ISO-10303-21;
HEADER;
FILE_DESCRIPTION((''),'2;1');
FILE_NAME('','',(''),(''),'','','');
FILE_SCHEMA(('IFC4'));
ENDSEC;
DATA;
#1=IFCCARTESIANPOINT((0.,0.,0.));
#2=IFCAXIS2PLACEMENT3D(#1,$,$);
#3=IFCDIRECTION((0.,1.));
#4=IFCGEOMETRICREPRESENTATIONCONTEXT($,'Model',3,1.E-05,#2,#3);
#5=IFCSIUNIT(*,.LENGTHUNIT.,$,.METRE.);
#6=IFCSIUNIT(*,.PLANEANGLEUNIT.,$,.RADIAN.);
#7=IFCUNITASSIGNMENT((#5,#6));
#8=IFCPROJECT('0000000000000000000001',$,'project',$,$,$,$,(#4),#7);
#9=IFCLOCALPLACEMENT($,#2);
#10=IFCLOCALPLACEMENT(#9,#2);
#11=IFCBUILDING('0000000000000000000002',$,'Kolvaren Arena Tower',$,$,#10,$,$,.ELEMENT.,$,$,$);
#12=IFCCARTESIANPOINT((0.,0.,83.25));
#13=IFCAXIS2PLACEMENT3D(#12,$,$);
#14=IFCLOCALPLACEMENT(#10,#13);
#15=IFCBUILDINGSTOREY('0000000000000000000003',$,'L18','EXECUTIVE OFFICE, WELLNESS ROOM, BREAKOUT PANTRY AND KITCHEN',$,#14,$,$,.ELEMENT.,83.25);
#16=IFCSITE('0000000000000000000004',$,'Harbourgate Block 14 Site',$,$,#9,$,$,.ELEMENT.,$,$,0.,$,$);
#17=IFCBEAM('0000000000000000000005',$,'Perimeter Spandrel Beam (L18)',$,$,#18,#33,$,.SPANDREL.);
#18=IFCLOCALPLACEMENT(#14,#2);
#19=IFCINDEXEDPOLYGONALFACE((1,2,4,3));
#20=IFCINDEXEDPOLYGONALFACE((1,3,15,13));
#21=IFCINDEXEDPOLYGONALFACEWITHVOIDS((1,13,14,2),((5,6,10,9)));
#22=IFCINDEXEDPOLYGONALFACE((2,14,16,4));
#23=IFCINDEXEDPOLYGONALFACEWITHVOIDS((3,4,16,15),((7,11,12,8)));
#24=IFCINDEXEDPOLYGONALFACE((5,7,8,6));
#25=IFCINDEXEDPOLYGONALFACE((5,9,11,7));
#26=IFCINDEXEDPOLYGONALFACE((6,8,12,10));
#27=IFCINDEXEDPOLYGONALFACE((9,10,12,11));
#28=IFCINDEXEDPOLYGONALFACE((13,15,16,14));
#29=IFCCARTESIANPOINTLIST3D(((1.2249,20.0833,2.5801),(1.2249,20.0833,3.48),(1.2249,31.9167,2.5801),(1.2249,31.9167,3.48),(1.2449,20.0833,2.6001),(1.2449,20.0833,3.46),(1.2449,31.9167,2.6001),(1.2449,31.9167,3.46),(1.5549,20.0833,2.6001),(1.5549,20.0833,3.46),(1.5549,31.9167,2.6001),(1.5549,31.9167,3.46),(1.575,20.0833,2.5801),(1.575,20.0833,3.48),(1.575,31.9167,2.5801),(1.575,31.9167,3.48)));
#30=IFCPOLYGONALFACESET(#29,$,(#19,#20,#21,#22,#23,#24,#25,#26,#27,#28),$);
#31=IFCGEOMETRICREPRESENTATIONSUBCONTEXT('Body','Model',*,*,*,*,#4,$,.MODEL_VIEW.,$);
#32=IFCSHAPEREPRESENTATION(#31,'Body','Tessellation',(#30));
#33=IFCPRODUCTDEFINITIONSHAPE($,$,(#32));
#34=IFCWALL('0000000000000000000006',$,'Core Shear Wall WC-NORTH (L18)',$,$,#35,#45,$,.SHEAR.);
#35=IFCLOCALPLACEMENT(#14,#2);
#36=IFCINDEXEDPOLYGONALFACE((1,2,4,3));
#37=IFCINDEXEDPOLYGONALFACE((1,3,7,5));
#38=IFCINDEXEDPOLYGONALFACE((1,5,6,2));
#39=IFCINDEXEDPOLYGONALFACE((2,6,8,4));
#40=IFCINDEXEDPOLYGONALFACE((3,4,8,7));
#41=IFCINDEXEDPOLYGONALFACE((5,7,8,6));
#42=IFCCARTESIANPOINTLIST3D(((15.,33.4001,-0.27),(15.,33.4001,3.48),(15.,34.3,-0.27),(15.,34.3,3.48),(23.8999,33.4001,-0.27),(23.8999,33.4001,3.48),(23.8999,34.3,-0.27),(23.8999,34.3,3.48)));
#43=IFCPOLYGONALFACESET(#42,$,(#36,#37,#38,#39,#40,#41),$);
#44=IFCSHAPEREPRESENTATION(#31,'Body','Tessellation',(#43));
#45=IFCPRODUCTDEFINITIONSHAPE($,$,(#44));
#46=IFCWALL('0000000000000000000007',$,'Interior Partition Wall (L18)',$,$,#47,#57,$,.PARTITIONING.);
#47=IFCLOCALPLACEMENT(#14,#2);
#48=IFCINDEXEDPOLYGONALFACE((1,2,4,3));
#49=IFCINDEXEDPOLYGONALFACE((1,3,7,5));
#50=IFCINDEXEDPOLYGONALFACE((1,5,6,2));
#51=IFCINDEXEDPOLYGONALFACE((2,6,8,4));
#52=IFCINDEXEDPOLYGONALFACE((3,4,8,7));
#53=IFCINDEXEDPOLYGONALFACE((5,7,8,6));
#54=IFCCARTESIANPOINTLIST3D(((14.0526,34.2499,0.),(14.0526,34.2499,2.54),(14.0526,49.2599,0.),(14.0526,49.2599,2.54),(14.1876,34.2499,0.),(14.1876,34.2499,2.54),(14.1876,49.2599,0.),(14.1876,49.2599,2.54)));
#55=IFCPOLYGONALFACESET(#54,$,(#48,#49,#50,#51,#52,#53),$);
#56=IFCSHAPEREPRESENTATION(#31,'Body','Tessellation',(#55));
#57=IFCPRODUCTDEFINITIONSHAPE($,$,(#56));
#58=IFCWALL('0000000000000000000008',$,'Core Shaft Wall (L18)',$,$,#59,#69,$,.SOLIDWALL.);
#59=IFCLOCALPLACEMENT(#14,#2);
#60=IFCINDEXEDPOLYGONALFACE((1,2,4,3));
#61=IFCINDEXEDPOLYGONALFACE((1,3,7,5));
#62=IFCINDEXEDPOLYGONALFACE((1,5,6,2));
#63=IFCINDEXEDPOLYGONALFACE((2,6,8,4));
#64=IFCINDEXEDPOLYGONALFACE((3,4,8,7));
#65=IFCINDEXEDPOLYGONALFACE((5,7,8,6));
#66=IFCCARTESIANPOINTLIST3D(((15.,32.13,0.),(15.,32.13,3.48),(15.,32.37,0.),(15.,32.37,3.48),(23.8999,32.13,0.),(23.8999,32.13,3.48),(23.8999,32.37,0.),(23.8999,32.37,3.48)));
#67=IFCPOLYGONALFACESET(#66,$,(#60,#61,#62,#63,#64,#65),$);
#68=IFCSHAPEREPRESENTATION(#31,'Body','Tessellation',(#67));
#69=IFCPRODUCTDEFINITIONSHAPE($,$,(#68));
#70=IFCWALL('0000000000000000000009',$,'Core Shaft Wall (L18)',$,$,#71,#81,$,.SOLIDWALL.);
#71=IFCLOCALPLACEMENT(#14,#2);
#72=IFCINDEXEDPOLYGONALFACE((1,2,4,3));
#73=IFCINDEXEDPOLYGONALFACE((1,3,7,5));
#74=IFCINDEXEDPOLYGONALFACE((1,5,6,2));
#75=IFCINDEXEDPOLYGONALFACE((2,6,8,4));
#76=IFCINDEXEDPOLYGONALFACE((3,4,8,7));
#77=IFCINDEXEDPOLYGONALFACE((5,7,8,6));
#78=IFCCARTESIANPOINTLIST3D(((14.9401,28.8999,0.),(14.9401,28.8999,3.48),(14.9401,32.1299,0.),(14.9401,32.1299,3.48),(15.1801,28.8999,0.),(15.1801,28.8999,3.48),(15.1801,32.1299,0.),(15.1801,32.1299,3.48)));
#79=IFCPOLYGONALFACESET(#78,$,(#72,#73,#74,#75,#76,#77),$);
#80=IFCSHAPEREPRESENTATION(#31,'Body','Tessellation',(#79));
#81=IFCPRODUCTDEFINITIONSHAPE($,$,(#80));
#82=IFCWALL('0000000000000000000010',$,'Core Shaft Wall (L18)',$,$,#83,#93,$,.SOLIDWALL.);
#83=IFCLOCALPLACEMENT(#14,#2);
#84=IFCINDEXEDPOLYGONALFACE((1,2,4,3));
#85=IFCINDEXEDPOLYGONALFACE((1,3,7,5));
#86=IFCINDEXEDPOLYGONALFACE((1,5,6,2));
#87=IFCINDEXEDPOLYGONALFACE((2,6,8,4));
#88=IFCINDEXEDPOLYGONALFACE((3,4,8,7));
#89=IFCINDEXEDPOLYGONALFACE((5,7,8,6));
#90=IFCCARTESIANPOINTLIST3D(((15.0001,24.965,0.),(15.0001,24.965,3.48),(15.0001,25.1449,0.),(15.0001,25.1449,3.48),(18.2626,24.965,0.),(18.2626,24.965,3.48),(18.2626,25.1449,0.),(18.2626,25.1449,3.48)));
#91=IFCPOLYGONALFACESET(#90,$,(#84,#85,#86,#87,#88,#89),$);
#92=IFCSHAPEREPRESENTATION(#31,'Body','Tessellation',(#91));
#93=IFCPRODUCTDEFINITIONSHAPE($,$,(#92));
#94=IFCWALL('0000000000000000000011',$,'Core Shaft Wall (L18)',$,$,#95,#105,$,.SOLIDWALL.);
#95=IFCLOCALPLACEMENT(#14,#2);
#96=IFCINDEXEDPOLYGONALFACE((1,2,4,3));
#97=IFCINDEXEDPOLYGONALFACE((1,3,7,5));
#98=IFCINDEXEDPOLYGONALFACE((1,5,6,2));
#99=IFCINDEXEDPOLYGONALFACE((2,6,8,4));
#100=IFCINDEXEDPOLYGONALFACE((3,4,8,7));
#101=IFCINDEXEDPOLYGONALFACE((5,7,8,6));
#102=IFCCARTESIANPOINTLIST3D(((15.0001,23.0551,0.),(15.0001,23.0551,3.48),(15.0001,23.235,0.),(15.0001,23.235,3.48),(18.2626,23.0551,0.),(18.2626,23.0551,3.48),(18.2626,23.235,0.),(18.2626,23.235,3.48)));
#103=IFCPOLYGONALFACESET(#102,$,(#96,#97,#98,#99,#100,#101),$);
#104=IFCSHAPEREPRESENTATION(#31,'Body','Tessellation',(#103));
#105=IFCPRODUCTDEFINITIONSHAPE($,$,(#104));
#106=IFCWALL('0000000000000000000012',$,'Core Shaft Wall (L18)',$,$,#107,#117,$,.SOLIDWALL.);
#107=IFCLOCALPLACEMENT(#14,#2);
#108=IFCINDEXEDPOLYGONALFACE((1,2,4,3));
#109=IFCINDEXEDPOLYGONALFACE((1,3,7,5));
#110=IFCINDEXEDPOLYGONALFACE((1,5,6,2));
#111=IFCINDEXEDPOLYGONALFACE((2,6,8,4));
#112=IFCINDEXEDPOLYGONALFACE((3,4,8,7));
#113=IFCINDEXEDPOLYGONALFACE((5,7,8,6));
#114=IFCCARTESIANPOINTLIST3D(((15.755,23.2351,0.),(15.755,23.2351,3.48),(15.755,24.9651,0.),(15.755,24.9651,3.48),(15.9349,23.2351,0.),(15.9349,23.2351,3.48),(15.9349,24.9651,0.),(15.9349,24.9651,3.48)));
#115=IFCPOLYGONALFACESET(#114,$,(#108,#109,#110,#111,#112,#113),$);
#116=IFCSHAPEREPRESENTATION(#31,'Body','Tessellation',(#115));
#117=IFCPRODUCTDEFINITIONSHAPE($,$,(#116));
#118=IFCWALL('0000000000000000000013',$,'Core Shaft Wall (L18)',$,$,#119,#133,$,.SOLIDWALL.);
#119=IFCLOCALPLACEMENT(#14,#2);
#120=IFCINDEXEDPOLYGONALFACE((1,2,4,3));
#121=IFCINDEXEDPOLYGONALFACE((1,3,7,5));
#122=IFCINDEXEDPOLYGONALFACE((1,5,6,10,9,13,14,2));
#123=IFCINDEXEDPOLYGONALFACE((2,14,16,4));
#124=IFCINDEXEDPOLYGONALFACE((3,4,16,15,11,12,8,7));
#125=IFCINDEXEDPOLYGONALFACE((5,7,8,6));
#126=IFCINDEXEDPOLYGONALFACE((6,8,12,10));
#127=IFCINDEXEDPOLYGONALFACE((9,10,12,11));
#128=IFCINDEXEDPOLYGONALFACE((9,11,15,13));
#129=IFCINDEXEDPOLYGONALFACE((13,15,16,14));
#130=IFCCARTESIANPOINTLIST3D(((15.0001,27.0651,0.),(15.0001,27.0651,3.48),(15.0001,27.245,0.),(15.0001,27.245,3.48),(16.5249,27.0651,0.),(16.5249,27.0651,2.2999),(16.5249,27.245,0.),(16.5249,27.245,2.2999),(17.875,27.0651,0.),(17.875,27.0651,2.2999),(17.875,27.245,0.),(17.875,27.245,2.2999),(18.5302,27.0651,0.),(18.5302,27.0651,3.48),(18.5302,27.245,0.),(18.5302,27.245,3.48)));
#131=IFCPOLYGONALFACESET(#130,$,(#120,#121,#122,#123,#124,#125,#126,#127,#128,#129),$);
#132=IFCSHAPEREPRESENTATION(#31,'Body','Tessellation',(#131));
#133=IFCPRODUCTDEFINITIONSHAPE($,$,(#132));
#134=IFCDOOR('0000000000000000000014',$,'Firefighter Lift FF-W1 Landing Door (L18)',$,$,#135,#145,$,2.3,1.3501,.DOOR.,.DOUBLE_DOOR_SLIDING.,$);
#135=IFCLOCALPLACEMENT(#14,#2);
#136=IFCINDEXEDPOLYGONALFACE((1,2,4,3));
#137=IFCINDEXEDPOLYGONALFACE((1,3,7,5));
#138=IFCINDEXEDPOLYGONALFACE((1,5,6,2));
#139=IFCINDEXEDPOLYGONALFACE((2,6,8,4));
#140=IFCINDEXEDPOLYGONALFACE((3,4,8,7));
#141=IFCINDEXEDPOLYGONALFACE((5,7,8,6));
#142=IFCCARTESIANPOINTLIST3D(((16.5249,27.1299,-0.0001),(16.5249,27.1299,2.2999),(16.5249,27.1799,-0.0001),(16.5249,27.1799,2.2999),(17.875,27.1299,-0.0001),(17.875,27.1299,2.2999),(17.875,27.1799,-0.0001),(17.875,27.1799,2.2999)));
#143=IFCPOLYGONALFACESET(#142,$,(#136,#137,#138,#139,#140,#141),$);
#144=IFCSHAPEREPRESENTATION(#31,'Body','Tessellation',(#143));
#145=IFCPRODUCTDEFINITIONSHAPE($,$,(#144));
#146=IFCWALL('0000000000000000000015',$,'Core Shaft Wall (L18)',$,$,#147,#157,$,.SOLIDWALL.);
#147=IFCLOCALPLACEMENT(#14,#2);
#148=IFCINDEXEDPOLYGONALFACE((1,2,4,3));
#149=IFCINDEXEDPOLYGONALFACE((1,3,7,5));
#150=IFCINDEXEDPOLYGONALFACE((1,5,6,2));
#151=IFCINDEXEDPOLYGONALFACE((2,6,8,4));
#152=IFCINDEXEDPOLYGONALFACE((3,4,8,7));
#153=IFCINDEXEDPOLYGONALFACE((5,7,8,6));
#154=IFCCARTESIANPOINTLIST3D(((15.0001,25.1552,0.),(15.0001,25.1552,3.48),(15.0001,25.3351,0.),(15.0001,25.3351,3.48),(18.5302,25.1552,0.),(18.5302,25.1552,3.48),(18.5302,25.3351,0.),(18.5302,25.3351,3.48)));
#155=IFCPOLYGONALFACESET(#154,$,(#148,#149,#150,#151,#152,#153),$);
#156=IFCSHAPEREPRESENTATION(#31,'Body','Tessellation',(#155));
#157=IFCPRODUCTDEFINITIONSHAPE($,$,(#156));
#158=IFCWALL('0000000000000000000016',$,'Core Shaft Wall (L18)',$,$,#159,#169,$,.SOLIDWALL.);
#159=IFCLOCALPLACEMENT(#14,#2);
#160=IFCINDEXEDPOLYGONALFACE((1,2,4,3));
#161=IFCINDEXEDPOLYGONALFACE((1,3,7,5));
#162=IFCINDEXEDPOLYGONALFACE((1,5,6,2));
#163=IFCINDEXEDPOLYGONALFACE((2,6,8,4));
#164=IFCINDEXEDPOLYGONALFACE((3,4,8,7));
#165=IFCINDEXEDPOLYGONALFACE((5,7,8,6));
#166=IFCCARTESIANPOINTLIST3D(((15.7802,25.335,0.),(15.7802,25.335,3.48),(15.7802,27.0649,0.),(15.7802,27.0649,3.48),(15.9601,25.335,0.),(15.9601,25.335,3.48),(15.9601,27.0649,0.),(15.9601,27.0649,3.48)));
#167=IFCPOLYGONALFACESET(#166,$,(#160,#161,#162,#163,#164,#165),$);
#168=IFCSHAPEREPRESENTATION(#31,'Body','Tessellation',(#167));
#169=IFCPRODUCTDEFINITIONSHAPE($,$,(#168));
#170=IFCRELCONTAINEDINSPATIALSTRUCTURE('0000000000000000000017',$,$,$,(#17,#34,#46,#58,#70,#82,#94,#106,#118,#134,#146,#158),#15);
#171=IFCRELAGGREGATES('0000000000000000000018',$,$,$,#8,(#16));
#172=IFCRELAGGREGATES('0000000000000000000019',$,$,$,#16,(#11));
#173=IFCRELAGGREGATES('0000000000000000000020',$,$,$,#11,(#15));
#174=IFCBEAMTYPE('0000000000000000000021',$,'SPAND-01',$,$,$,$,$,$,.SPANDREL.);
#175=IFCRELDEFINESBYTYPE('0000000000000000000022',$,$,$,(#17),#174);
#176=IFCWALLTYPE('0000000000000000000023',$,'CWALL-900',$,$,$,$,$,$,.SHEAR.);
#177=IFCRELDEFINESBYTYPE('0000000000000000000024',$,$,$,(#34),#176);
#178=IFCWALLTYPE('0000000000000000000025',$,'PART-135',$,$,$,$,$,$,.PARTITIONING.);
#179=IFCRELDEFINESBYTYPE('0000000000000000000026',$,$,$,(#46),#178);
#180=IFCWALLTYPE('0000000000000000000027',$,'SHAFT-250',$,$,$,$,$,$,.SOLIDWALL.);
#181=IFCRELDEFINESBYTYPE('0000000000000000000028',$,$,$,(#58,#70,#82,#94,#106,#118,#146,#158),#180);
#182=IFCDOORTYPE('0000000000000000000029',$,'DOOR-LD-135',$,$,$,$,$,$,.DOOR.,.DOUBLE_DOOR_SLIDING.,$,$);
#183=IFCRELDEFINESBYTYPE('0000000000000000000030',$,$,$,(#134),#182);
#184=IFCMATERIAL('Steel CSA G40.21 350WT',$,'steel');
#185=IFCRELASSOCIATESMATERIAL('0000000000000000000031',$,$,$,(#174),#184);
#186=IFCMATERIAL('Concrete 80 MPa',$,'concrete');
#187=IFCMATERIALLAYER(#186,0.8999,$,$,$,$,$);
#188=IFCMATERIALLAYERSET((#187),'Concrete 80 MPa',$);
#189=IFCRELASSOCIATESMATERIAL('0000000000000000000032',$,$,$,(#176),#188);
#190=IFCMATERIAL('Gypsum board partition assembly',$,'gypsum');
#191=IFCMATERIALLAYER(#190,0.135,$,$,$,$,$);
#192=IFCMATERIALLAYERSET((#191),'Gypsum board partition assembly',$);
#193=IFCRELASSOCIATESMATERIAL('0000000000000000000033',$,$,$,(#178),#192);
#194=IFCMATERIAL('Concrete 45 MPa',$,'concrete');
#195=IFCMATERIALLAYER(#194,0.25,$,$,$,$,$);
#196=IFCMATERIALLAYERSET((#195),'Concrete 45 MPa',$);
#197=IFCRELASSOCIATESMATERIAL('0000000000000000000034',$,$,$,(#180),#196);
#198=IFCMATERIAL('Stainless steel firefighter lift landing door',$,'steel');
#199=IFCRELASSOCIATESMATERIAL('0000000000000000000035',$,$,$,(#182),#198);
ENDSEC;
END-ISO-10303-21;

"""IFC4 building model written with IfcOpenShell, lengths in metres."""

from ifc_helpers import new_model, si_unit, direction, frame, frame_2d, origin, origin_2d, place, context, subcontext, project, spatial, rectangle, hollow_rectangle, extrude, material, layer, layer_set, material_profile, profile_set, type_object, element, fill, save


model = new_model("IFC4")

# Units and contexts
model_context = context("Model", 3, precision=1e-05, world=origin(), true_north=direction((0.0, 1.0)))
body_context = subcontext(model_context, "Body", "Model", "MODEL_VIEW")
ifc_project = project(units=[si_unit("LENGTHUNIT", "METRE"), si_unit("PLANEANGLEUNIT", "RADIAN")], contexts=[model_context])

# Site, building, storey
site_placement = place(None, origin())
site = spatial("IfcSite", under=ifc_project, at=site_placement, Name="Harbourgate Block 14 Site", CompositionType="ELEMENT", RefElevation=0.0)
building_placement = place(site_placement, origin())
building = spatial("IfcBuilding", under=site, at=building_placement, Name="Kolvaren Arena Tower", CompositionType="ELEMENT")
storey_placement = place(building_placement, frame((0.0, 0.0, 83.25)))
storey = spatial("IfcBuildingStorey", under=building, at=storey_placement, Name="L18", Description="EXECUTIVE OFFICE, WELLNESS ROOM, BREAKOUT PANTRY AND KITCHEN", CompositionType="ELEMENT", Elevation=83.25)

# Beam
ifc_material_1 = material(Name="Steel CSA G40.21 350WT", Category="steel")
ifc_material_profile_1 = material_profile(ifc_material_1, hollow_rectangle(XDim=0.3501, YDim=0.8999, WallThickness=0.02, at=origin_2d()), Name="HSS 900x350x20")
ifc_profile_set_1 = profile_set([ifc_material_profile_1], Name="Steel CSA G40.21 350WT")
beam_type_1 = type_object("IfcBeamType", Name="SPAND-01", PredefinedType="SPANDREL", material=ifc_profile_set_1)
beam_1_placement = place(storey_placement, frame((1.3999, 31.9167, 3.03), z_axis=(0.0, -1.0, 0.0), x_axis=(1.0, 0.0, 0.0)))
element("IfcBeam", 1, at=beam_1_placement, inside=storey, type_object=beam_type_1, Name="Perimeter Spandrel Beam (L18)", PredefinedType="SPANDREL", context=body_context, shape_type="SweptSolid", body=[
    extrude(hollow_rectangle(XDim=0.3501, YDim=0.8999, WallThickness=0.02, at=origin_2d()), origin(), (0.0, 0.0, 1.0), 11.8335),
])

# Walls
ifc_material_2 = material(Name="Concrete 80 MPa", Category="concrete")
ifc_layer_1 = layer(ifc_material_2, 0.8999)
ifc_layer_set_1 = layer_set([ifc_layer_1], Name="Concrete 80 MPa")
wall_type_1 = type_object("IfcWallType", Name="CWALL-900", PredefinedType="SHEAR", material=ifc_layer_set_1)
wall_1_placement = place(storey_placement, frame((15.0, 33.8501, -0.27), z_axis=(0.0, 0.0, 1.0), x_axis=(1.0, 0.0, 0.0)))
element("IfcWall", 2, at=wall_1_placement, inside=storey, type_object=wall_type_1, Name="Core Shear Wall WC-NORTH (L18)", PredefinedType="SHEAR", context=body_context, shape_type="SweptSolid", body=[
    extrude(rectangle(XDim=8.8999, YDim=0.8999, at=frame_2d((4.45, 0.0))), origin(), (0.0, 0.0, 1.0), 3.75),
])
ifc_material_3 = material(Name="Gypsum board partition assembly", Category="gypsum")
ifc_layer_2 = layer(ifc_material_3, 0.135)
ifc_layer_set_2 = layer_set([ifc_layer_2], Name="Gypsum board partition assembly")
wall_type_2 = type_object("IfcWallType", Name="PART-135", PredefinedType="PARTITIONING", material=ifc_layer_set_2)
wall_2_placement = place(storey_placement, frame((14.1201, 34.25, 0.0), z_axis=(0.0, 0.0, 1.0), x_axis=(0.0, 1.0, 0.0)))
element("IfcWall", 3, at=wall_2_placement, inside=storey, type_object=wall_type_2, Name="Interior Partition Wall (L18)", PredefinedType="PARTITIONING", context=body_context, shape_type="SweptSolid", body=[
    extrude(rectangle(XDim=15.01, YDim=0.135, at=frame_2d((7.5049, 0.0))), origin(), (0.0, 0.0, 1.0), 2.54),
])
ifc_material_4 = material(Name="Concrete 45 MPa", Category="concrete")
ifc_layer_3 = layer(ifc_material_4, 0.25)
ifc_layer_set_3 = layer_set([ifc_layer_3], Name="Concrete 45 MPa")
wall_type_3 = type_object("IfcWallType", Name="SHAFT-250", PredefinedType="SOLIDWALL", material=ifc_layer_set_3)
wall_3_placement = place(storey_placement, frame((15.0, 32.25, 0.0), z_axis=(0.0, 0.0, 1.0), x_axis=(1.0, 0.0, 0.0)))
element("IfcWall", 4, at=wall_3_placement, inside=storey, type_object=wall_type_3, Name="Core Shaft Wall (L18)", PredefinedType="SOLIDWALL", context=body_context, shape_type="SweptSolid", body=[
    extrude(rectangle(XDim=8.8999, YDim=0.24, at=frame_2d((4.45, 0.0))), origin(), (0.0, 0.0, 1.0), 3.48),
])
wall_4_placement = place(storey_placement, frame((15.0601, 28.8999, 0.0), z_axis=(0.0, 0.0, 1.0), x_axis=(0.0, 1.0, 0.0)))
element("IfcWall", 5, at=wall_4_placement, inside=storey, type_object=wall_type_3, Name="Core Shaft Wall (L18)", PredefinedType="SOLIDWALL", context=body_context, shape_type="SweptSolid", body=[
    extrude(rectangle(XDim=3.23, YDim=0.24, at=frame_2d((1.615, 0.0))), origin(), (0.0, 0.0, 1.0), 3.48),
])
for number, where, z_axis, x_axis, name in (
    (6, (15.0, 25.0549, 0.0), (0.0, 0.0, 1.0), (1.0, 0.0, 0.0), "Core Shaft Wall (L18)"),
    (7, (15.0, 23.145, 0.0), (0.0, 0.0, 1.0), (1.0, 0.0, 0.0), "Core Shaft Wall (L18)"),
):
    element("IfcWall", number, at=place(storey_placement, frame(where, z_axis=z_axis, x_axis=x_axis)), inside=storey, type_object=wall_type_3, Name=name, PredefinedType="SOLIDWALL", context=body_context, shape_type="SweptSolid", body=[
        extrude(rectangle(XDim=3.2625, YDim=0.1799, at=frame_2d((1.6313, 0.0))), origin(), (0.0, 0.0, 1.0), 3.48),
    ])
wall_5_placement = place(storey_placement, frame((15.845, 23.2351, 0.0), z_axis=(0.0, 0.0, 1.0), x_axis=(0.0, 1.0, 0.0)))
element("IfcWall", 8, at=wall_5_placement, inside=storey, type_object=wall_type_3, Name="Core Shaft Wall (L18)", PredefinedType="SOLIDWALL", context=body_context, shape_type="SweptSolid", body=[
    extrude(rectangle(XDim=1.73, YDim=0.1799, at=frame_2d((0.865, 0.0))), origin(), (0.0, 0.0, 1.0), 3.48),
])

# Wall, opening, door
wall_6_placement = place(storey_placement, frame((15.0, 27.155, 0.0), z_axis=(0.0, 0.0, 1.0), x_axis=(1.0, 0.0, 0.0)))
wall_6 = element("IfcWall", 9, at=wall_6_placement, inside=storey, type_object=wall_type_3, Name="Core Shaft Wall (L18)", PredefinedType="SOLIDWALL", context=body_context, shape_type="SweptSolid", body=[
    extrude(rectangle(XDim=3.53, YDim=0.1799, at=frame_2d((1.7651, 0.0))), origin(), (0.0, 0.0, 1.0), 3.48),
])
opening_placement = place(wall_6_placement, frame((1.5249, 0.0, 0.0)))
opening = element("IfcOpeningElement", 10, at=opening_placement, cuts=wall_6, PredefinedType="OPENING", context=body_context, shape_type="SweptSolid", body=[
    extrude(rectangle(XDim=1.3501, YDim=2.3, at=frame_2d((0.675, 1.1499))), frame((0.0, 0.0999, 0.0), z_axis=(0.0, -1.0, 0.0), x_axis=(1.0, 0.0, 0.0)), (0.0, 0.0, 1.0), 0.2),
])
ifc_material_5 = material(Name="Stainless steel firefighter lift landing door", Category="steel")
door_type = type_object("IfcDoorType", Name="DOOR-LD-135", OperationType="DOUBLE_DOOR_SLIDING", PredefinedType="DOOR", material=ifc_material_5)
door_placement = place(opening_placement, origin())
door = element("IfcDoor", 11, at=door_placement, inside=storey, type_object=door_type, Name="Firefighter Lift FF-W1 Landing Door (L18)", OperationType="DOUBLE_DOOR_SLIDING", OverallHeight=2.3, OverallWidth=1.3501, PredefinedType="DOOR", context=body_context, shape_type="SweptSolid", body=[
    extrude(rectangle(XDim=1.3501, YDim=2.3, at=frame_2d((0.675, 1.1499))), frame((0.0, 0.0249, 0.0), z_axis=(0.0, -1.0, 0.0), x_axis=(1.0, 0.0, 0.0)), (0.0, 0.0, 1.0), 0.05),
])
fill(opening, door)

# Walls
wall_7_placement = place(storey_placement, frame((15.0, 25.2451, 0.0), z_axis=(0.0, 0.0, 1.0), x_axis=(1.0, 0.0, 0.0)))
element("IfcWall", 12, at=wall_7_placement, inside=storey, type_object=wall_type_3, Name="Core Shaft Wall (L18)", PredefinedType="SOLIDWALL", context=body_context, shape_type="SweptSolid", body=[
    extrude(rectangle(XDim=3.53, YDim=0.1799, at=frame_2d((1.7651, 0.0))), origin(), (0.0, 0.0, 1.0), 3.48),
])
wall_8_placement = place(storey_placement, frame((15.8701, 25.335, 0.0), z_axis=(0.0, 0.0, 1.0), x_axis=(0.0, 1.0, 0.0)))
element("IfcWall", 13, at=wall_8_placement, inside=storey, type_object=wall_type_3, Name="Core Shaft Wall (L18)", PredefinedType="SOLIDWALL", context=body_context, shape_type="SweptSolid", body=[
    extrude(rectangle(XDim=1.73, YDim=0.1799, at=frame_2d((0.865, 0.0))), origin(), (0.0, 0.0, 1.0), 3.48),
])

save(model, "model.ifc")
